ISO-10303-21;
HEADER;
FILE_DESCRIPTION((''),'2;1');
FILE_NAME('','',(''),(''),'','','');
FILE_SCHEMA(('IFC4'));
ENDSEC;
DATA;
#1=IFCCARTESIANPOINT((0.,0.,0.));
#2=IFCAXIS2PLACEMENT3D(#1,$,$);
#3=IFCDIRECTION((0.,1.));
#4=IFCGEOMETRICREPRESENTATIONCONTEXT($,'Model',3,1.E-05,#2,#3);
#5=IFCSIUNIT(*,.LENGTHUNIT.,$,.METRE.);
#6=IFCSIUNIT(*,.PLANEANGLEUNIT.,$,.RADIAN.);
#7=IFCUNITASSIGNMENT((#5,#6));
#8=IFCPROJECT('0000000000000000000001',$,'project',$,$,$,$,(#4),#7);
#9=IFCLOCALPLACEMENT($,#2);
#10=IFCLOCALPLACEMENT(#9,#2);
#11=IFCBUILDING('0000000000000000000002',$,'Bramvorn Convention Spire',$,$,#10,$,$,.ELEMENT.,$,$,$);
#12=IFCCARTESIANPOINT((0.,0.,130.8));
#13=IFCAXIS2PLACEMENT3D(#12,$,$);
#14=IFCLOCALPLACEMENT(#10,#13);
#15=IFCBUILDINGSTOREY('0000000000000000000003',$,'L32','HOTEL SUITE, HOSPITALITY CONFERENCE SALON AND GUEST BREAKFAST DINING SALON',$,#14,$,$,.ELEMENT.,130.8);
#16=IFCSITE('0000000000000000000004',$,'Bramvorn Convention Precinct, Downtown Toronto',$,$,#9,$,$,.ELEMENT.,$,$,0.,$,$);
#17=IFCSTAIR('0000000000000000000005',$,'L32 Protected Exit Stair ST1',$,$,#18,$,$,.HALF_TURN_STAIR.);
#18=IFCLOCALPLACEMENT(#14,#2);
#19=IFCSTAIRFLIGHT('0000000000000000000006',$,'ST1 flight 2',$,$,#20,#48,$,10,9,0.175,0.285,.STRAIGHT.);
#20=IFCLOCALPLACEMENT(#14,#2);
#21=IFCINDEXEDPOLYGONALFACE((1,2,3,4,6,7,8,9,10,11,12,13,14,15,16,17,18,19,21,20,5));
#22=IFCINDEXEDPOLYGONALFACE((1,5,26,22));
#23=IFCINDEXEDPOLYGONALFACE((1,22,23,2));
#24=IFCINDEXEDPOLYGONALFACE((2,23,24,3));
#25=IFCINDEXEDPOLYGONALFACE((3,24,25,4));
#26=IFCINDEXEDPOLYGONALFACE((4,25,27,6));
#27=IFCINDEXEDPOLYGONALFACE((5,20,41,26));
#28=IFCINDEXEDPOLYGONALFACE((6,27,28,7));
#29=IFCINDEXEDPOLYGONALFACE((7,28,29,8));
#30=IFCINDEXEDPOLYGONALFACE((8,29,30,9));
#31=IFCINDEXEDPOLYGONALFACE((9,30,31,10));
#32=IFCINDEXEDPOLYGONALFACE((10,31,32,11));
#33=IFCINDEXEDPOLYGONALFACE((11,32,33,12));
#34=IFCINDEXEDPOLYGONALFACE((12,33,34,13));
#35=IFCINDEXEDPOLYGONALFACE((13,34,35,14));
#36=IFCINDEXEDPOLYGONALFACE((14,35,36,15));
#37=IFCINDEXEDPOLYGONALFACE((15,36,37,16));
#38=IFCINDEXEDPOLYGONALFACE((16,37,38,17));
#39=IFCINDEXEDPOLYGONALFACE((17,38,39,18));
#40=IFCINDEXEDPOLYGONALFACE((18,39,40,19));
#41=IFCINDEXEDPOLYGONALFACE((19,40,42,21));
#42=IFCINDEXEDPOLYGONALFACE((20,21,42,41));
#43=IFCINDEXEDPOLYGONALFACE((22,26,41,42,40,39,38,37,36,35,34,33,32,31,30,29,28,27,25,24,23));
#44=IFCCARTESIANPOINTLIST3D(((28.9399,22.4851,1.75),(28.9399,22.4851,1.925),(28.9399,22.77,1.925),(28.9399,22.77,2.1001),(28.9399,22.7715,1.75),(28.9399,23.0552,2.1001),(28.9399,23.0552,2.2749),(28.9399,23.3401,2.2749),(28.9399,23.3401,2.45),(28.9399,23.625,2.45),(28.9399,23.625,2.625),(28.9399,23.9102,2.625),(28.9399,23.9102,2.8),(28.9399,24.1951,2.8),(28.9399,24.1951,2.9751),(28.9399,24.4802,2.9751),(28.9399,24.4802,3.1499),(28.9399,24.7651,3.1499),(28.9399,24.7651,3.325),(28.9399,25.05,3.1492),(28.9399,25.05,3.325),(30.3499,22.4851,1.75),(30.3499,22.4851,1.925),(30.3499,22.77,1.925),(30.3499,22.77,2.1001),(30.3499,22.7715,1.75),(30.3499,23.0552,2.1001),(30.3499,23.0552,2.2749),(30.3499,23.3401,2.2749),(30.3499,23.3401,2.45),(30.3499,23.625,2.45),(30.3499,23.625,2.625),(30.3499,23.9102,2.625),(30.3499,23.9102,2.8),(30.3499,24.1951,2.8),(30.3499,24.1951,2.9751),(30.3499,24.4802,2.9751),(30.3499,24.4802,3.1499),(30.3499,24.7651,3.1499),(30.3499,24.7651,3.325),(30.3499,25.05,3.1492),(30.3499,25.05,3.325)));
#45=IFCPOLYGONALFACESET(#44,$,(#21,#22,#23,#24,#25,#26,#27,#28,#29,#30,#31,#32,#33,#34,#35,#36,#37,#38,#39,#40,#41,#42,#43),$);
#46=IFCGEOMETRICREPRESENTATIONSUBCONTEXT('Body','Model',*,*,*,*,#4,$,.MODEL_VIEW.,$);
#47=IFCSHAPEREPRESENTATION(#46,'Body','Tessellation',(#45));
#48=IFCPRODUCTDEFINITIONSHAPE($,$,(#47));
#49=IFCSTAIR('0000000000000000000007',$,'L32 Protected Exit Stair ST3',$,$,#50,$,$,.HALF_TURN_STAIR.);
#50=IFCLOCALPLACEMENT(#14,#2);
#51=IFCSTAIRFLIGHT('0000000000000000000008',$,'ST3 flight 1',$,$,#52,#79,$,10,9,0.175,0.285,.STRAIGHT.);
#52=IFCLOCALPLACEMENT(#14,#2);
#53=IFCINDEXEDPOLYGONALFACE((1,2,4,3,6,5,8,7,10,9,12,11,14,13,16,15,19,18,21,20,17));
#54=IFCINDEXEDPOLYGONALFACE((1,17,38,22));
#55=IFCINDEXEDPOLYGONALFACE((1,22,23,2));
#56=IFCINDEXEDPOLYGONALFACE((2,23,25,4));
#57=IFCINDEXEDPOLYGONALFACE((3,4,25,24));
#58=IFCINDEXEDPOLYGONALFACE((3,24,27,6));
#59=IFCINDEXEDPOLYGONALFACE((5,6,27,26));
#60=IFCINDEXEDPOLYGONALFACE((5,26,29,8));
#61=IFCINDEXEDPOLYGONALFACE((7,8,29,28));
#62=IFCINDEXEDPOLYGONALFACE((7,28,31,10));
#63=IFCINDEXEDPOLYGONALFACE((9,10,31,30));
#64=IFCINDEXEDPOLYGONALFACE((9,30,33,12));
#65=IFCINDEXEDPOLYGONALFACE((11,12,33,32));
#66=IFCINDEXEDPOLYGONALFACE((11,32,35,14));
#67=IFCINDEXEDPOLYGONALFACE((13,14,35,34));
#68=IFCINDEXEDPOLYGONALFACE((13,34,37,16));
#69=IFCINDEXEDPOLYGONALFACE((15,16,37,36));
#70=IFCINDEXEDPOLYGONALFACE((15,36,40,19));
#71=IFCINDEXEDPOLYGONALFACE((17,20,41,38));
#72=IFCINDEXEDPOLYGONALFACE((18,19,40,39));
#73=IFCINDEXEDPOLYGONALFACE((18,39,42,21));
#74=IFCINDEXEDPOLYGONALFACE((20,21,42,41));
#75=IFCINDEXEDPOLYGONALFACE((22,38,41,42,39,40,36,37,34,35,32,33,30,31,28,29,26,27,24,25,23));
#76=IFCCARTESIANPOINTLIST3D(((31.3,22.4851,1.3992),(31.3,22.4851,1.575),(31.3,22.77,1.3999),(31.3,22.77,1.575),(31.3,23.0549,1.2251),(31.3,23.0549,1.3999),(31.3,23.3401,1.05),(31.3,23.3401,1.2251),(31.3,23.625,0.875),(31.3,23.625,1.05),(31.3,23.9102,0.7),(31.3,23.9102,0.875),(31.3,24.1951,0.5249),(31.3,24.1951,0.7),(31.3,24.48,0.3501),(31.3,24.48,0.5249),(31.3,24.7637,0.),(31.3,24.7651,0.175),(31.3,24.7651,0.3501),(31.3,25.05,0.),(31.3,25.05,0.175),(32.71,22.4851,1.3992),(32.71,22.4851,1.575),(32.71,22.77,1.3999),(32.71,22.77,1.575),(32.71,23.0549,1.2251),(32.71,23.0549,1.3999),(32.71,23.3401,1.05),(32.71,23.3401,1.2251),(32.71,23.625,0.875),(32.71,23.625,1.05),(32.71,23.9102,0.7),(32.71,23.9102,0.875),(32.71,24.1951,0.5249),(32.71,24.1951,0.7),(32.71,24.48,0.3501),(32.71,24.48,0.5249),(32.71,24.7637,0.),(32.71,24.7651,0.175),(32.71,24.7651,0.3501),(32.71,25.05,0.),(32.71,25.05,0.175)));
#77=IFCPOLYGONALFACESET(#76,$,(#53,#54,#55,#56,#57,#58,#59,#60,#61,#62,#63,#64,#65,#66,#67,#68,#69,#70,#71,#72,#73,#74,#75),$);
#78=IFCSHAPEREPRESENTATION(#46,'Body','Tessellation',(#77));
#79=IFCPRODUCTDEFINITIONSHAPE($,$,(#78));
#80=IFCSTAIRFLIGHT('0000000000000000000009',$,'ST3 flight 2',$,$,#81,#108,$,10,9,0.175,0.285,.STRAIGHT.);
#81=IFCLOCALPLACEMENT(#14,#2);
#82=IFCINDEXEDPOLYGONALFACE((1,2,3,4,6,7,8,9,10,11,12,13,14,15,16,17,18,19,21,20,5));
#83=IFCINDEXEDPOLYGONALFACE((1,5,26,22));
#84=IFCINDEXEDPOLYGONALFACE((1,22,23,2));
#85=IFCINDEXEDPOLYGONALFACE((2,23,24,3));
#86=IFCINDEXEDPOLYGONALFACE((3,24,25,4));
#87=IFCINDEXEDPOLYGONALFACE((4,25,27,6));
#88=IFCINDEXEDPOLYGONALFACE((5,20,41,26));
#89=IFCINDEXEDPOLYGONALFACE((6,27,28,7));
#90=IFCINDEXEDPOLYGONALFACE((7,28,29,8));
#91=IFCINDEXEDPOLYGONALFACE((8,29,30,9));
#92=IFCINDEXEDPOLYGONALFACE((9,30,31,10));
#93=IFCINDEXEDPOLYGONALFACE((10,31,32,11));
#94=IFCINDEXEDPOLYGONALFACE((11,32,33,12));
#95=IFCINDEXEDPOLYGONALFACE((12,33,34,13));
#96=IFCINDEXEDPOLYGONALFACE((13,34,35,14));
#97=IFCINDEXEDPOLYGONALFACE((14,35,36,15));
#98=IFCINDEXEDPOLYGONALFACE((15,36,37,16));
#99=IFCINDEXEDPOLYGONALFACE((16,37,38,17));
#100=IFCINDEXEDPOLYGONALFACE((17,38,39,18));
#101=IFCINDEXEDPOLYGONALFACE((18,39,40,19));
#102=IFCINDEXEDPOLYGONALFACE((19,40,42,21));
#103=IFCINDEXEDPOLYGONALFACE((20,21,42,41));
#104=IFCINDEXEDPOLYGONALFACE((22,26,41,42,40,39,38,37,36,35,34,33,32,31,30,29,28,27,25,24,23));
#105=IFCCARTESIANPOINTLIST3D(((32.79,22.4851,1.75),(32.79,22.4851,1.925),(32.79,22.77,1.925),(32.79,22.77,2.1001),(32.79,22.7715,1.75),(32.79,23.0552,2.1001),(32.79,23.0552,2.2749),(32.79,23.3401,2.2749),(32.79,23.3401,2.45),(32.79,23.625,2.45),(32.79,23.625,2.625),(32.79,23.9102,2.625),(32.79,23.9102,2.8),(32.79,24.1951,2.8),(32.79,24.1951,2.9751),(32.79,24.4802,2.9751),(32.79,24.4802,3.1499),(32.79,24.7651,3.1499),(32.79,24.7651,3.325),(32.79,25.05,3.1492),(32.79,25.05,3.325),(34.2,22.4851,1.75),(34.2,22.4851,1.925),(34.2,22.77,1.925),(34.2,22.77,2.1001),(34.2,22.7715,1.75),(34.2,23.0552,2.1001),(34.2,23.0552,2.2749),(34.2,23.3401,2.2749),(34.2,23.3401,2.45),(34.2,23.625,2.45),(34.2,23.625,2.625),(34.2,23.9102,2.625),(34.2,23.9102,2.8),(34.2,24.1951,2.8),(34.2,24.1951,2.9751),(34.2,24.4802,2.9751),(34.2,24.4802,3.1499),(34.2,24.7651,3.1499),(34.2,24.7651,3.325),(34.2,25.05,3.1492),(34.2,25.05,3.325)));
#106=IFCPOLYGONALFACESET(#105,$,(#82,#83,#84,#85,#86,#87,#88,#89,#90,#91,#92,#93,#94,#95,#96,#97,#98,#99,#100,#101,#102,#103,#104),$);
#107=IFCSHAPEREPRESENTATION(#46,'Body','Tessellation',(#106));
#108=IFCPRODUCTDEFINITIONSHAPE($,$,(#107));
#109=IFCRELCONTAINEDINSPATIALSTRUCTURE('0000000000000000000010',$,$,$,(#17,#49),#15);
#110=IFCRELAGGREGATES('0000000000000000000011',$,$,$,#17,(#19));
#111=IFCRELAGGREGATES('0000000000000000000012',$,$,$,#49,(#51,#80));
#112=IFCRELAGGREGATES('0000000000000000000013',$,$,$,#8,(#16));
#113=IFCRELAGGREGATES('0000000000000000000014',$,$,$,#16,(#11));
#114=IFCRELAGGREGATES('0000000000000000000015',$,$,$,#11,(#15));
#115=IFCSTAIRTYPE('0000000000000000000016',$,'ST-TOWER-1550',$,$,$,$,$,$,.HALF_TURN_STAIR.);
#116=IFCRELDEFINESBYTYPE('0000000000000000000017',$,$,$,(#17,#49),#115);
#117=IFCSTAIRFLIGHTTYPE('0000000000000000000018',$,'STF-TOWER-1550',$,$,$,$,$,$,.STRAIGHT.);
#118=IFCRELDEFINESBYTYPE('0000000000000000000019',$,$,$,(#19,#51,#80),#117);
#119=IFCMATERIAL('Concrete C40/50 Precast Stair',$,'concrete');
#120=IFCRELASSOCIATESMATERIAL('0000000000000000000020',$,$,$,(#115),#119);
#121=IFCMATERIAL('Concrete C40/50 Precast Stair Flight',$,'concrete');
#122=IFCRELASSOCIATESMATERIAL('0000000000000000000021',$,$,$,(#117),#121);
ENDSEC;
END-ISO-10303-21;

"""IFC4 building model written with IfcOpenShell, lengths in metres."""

from ifc_helpers import new_model, si_unit, direction, frame, origin, place, context, subcontext, project, spatial, polyline, outline, extrude, material, type_object, element, aggregate, save


model = new_model("IFC4")

# Units and contexts
model_context = context("Model", 3, precision=1e-05, world=origin(), true_north=direction((0.0, 1.0)))
body_context = subcontext(model_context, "Body", "Model", "MODEL_VIEW")
ifc_project = project(units=[si_unit("LENGTHUNIT", "METRE"), si_unit("PLANEANGLEUNIT", "RADIAN")], contexts=[model_context])

# Site, building, storey
site_placement = place(None, origin())
site = spatial("IfcSite", under=ifc_project, at=site_placement, Name="Bramvorn Convention Precinct, Downtown Toronto", CompositionType="ELEMENT", RefElevation=0.0)
building_placement = place(site_placement, origin())
building = spatial("IfcBuilding", under=site, at=building_placement, Name="Bramvorn Convention Spire", CompositionType="ELEMENT")
storey_placement = place(building_placement, frame((0.0, 0.0, 130.8)))
storey = spatial("IfcBuildingStorey", under=building, at=storey_placement, Name="L32", Description="HOTEL SUITE, HOSPITALITY CONFERENCE SALON AND GUEST BREAKFAST DINING SALON", CompositionType="ELEMENT", Elevation=130.8)

# Stairs, stair flights
ifc_material_1 = material(Name="Concrete C40/50 Precast Stair", Category="concrete")
stair_type = type_object("IfcStairType", Name="ST-TOWER-1550", PredefinedType="HALF_TURN_STAIR", material=ifc_material_1)
stair_1_placement = place(storey_placement, origin())
stair_1 = element("IfcStair", 1, at=stair_1_placement, inside=storey, type_object=stair_type, Name="L32 Protected Exit Stair ST1", PredefinedType="HALF_TURN_STAIR")
ifc_material_2 = material(Name="Concrete C40/50 Precast Stair Flight", Category="concrete")
stair_flight_type = type_object("IfcStairFlightType", Name="STF-TOWER-1550", PredefinedType="STRAIGHT", material=ifc_material_2)
stair_flight_1_placement = place(storey_placement, frame((29.645, 22.4851, 1.75), z_axis=(0.0, 0.0, 1.0), x_axis=(0.0, 1.0, 0.0)))
stair_flight_1 = element("IfcStairFlight", 2, at=stair_flight_1_placement, type_object=stair_flight_type, Name="ST1 flight 2", NumberOfRisers=10, NumberOfTreads=9, PredefinedType="STRAIGHT", RiserHeight=0.175, TreadLength=0.285, context=body_context, shape_type="SweptSolid", body=[
    extrude(outline(polyline([(0.0, 0.0), (0.0, 0.175), (0.2849, 0.175), (0.2849, 0.3501), (0.5701, 0.3501), (0.5701, 0.5249), (0.855, 0.5249), (0.855, 0.7), (1.1399, 0.7), (1.1399, 0.875), (1.425, 0.875), (1.425, 1.05), (1.71, 1.05), (1.71, 1.2251), (1.9951, 1.2251), (1.9951, 1.3999), (2.28, 1.3999), (2.28, 1.575), (2.5649, 1.575), (2.5649, 1.75), (2.5649, 1.3992), (0.2864, 0.0), (0.0, 0.0)])), frame((0.0, 0.7051, 0.0), z_axis=(0.0, -1.0, 0.0), x_axis=(1.0, 0.0, 0.0)), (0.0, 0.0, 1.0), 1.4099),
])
aggregate(stair_1, [stair_flight_1])
stair_2_placement = place(storey_placement, origin())
stair_2 = element("IfcStair", 3, at=stair_2_placement, inside=storey, type_object=stair_type, Name="L32 Protected Exit Stair ST3", PredefinedType="HALF_TURN_STAIR")
stair_flight_2_placement = place(storey_placement, frame((32.0049, 25.05, 0.0), z_axis=(0.0, 0.0, 1.0), x_axis=(0.0, -1.0, 0.0)))
stair_flight_2 = element("IfcStairFlight", 4, at=stair_flight_2_placement, type_object=stair_flight_type, Name="ST3 flight 1", NumberOfRisers=10, NumberOfTreads=9, PredefinedType="STRAIGHT", RiserHeight=0.175, TreadLength=0.285, context=body_context, shape_type="SweptSolid", body=[
    extrude(outline(polyline([(0.0, 0.0), (0.0, 0.175), (0.2849, 0.175), (0.2849, 0.3501), (0.5701, 0.3501), (0.5701, 0.5249), (0.855, 0.5249), (0.855, 0.7), (1.1399, 0.7), (1.1399, 0.875), (1.425, 0.875), (1.425, 1.05), (1.71, 1.05), (1.71, 1.2251), (1.9951, 1.2251), (1.9951, 1.3999), (2.28, 1.3999), (2.28, 1.575), (2.5649, 1.575), (2.5649, 1.75), (2.5649, 1.3992), (0.2864, 0.0), (0.0, 0.0)])), frame((0.0, 0.7051, 0.0), z_axis=(0.0, -1.0, 0.0), x_axis=(1.0, 0.0, 0.0)), (0.0, 0.0, 1.0), 1.4099),
])
stair_flight_3_placement = place(storey_placement, frame((33.4951, 22.4851, 1.75), z_axis=(0.0, 0.0, 1.0), x_axis=(0.0, 1.0, 0.0)))
stair_flight_3 = element("IfcStairFlight", 5, at=stair_flight_3_placement, type_object=stair_flight_type, Name="ST3 flight 2", NumberOfRisers=10, NumberOfTreads=9, PredefinedType="STRAIGHT", RiserHeight=0.175, TreadLength=0.285, context=body_context, shape_type="SweptSolid", body=[
    extrude(outline(polyline([(0.0, 0.0), (0.0, 0.175), (0.2849, 0.175), (0.2849, 0.3501), (0.5701, 0.3501), (0.5701, 0.5249), (0.855, 0.5249), (0.855, 0.7), (1.1399, 0.7), (1.1399, 0.875), (1.425, 0.875), (1.425, 1.05), (1.71, 1.05), (1.71, 1.2251), (1.9951, 1.2251), (1.9951, 1.3999), (2.28, 1.3999), (2.28, 1.575), (2.5649, 1.575), (2.5649, 1.75), (2.5649, 1.3992), (0.2864, 0.0), (0.0, 0.0)])), frame((0.0, 0.7051, 0.0), z_axis=(0.0, -1.0, 0.0), x_axis=(1.0, 0.0, 0.0)), (0.0, 0.0, 1.0), 1.4099),
])
aggregate(stair_2, [stair_flight_2, stair_flight_3])

save(model, "model.ifc")
